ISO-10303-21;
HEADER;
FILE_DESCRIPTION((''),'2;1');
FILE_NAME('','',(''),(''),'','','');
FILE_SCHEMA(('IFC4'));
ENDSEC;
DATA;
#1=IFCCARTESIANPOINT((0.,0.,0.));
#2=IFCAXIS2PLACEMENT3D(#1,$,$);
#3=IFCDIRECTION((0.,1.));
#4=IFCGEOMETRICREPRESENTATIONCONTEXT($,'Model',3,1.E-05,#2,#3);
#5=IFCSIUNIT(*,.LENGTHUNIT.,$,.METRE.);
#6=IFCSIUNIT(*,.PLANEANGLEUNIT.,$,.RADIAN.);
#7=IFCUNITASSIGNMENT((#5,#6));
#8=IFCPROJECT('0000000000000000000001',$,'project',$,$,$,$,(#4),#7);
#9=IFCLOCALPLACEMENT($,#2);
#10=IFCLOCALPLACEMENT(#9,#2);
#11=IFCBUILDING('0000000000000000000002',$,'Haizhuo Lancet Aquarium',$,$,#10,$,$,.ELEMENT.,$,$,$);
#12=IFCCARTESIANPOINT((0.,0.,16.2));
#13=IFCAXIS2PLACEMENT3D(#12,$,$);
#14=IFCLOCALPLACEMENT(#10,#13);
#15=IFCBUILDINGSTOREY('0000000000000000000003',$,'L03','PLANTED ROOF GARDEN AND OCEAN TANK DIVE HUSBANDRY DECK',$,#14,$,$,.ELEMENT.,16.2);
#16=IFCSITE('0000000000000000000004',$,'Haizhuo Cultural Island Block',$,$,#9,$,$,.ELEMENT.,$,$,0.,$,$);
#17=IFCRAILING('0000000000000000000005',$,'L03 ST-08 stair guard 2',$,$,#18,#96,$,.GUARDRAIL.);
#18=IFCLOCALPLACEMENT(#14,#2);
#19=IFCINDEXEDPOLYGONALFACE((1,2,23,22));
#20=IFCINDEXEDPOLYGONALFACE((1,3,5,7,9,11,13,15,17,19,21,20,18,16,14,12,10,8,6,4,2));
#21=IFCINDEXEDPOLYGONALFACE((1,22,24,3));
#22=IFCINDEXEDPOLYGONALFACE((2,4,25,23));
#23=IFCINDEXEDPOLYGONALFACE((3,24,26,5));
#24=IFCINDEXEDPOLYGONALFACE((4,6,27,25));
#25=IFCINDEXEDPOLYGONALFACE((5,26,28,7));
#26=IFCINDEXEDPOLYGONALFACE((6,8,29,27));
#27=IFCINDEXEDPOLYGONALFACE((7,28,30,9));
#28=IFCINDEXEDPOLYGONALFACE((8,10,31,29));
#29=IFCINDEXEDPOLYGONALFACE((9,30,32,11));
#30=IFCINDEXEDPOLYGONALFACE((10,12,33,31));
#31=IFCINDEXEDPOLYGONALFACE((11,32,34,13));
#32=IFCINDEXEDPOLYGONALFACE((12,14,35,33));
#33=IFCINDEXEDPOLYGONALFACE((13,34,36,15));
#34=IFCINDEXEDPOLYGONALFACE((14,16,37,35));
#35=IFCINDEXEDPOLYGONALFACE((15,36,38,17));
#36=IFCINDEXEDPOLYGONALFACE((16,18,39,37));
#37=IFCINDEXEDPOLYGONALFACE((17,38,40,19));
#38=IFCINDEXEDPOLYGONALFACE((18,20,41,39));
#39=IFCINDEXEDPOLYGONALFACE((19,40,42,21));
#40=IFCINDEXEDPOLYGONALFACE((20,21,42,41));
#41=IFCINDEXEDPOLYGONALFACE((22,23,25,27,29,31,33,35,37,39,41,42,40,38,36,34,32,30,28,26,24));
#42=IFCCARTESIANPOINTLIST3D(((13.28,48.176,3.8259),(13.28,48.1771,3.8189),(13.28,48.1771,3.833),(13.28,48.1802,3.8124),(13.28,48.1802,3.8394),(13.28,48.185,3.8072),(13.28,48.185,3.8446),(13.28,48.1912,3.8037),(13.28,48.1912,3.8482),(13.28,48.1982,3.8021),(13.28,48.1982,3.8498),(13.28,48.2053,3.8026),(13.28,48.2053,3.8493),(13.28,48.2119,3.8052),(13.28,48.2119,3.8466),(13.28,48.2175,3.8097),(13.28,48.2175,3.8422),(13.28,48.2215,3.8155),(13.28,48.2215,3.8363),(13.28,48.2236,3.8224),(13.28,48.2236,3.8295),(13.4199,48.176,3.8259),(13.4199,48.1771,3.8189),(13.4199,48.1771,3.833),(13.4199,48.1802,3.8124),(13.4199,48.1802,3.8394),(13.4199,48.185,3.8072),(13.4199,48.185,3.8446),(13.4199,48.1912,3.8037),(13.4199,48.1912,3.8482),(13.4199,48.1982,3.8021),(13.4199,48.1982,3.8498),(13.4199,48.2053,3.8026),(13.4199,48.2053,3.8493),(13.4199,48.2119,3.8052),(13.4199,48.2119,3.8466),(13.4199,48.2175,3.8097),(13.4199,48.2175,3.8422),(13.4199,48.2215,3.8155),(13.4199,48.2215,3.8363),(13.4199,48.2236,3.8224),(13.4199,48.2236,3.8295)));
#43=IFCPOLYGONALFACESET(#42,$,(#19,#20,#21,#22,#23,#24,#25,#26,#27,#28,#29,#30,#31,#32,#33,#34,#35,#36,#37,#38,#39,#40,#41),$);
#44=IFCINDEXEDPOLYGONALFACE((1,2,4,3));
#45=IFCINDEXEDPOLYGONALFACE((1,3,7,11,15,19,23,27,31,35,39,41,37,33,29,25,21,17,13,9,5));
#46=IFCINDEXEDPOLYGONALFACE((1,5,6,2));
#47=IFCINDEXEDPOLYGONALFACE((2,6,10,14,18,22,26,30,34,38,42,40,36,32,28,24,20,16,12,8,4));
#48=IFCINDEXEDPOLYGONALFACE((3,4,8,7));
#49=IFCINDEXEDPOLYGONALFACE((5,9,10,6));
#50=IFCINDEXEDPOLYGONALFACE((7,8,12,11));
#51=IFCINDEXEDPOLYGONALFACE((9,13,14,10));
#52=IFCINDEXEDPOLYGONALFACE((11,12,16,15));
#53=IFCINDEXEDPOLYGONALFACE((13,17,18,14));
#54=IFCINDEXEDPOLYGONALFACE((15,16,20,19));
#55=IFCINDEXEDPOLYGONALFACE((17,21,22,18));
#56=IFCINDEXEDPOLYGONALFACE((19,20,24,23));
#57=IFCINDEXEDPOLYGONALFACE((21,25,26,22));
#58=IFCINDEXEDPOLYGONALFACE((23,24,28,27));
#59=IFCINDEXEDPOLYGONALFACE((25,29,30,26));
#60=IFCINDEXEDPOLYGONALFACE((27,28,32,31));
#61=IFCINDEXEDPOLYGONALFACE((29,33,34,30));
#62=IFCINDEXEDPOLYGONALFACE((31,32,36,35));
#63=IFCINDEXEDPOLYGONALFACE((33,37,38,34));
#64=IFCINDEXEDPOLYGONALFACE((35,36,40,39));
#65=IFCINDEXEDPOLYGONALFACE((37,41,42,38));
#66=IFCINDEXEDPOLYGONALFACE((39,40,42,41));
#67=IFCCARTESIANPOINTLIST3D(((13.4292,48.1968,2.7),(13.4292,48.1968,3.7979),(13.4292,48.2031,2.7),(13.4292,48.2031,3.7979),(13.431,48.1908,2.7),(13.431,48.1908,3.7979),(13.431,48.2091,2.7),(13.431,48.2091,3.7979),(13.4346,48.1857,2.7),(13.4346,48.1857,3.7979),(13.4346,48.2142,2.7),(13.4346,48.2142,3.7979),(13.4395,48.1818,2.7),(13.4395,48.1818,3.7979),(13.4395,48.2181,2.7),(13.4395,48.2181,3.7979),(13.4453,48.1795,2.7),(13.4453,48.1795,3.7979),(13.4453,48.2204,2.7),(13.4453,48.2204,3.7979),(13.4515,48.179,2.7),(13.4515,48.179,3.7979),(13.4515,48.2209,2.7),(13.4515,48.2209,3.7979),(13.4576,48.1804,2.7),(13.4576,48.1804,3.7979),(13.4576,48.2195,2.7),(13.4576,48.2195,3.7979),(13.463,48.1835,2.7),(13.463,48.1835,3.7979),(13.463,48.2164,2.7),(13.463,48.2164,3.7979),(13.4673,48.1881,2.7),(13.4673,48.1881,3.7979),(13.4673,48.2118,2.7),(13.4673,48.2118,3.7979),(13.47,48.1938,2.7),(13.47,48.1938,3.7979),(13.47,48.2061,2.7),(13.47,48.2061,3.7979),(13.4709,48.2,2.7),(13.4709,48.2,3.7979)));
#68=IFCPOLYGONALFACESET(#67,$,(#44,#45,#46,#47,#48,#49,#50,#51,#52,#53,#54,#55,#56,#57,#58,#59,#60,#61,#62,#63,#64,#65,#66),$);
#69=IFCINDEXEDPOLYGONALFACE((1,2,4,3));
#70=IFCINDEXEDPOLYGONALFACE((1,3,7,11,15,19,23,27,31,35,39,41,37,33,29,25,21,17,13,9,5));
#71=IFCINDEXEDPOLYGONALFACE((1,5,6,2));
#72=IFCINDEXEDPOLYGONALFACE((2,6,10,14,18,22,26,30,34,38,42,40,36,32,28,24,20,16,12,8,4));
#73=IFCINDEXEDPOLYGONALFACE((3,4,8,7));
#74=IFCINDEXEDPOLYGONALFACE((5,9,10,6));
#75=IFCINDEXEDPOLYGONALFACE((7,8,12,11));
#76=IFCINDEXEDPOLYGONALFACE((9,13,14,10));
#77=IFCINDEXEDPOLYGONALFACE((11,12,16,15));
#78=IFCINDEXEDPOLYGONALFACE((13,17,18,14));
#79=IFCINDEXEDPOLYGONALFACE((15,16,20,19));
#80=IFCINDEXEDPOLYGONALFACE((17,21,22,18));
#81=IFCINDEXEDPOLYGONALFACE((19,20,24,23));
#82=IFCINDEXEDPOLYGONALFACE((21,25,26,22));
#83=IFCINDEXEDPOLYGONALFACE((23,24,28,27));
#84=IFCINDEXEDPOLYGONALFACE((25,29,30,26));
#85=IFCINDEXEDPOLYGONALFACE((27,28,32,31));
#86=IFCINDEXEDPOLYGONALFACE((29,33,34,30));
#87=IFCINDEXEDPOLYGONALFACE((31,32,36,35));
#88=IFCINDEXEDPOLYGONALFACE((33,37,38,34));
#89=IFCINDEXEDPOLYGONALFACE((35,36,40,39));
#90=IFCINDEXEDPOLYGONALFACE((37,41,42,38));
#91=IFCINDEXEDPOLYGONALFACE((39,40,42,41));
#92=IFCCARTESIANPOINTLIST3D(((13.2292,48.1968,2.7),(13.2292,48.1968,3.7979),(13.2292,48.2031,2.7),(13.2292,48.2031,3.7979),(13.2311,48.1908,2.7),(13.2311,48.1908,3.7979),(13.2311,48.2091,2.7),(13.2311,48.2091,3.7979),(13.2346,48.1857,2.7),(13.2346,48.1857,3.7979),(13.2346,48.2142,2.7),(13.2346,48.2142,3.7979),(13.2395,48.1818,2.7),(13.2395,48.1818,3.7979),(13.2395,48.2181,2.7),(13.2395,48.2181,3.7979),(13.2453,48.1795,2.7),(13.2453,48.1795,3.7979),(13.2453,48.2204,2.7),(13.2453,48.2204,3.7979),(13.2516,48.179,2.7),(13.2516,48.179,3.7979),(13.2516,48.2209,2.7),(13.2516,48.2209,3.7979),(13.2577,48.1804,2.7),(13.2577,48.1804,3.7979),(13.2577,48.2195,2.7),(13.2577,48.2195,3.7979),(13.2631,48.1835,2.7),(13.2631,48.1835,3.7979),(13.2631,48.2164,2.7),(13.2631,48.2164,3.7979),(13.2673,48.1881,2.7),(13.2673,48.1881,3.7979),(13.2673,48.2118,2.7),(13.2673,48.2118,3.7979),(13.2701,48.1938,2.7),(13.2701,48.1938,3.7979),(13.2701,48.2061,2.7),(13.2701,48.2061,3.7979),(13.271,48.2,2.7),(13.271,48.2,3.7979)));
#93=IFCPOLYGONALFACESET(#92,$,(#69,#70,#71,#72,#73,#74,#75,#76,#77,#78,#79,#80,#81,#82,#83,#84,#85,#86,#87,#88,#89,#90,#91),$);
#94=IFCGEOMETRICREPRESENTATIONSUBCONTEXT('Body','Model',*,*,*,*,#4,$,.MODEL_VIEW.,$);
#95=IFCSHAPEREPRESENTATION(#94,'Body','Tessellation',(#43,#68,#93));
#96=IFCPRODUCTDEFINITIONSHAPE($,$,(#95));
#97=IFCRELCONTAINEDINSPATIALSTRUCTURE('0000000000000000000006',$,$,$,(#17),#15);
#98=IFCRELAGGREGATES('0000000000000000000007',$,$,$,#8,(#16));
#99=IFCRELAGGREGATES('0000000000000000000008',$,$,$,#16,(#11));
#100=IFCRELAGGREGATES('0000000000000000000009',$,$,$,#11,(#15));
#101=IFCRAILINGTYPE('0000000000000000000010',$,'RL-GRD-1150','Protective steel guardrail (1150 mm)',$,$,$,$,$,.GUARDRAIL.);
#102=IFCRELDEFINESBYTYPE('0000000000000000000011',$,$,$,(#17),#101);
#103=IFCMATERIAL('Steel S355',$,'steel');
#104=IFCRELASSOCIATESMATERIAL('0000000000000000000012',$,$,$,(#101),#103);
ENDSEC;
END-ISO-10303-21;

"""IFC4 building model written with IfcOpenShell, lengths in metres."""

from ifc_helpers import new_model, si_unit, direction, frame, origin, origin_2d, place, context, subcontext, project, spatial, circle, extrude, material, type_object, element, save


model = new_model("IFC4")

# Units and contexts
model_context = context("Model", 3, precision=1e-05, world=origin(), true_north=direction((0.0, 1.0)))
body_context = subcontext(model_context, "Body", "Model", "MODEL_VIEW")
ifc_project = project(units=[si_unit("LENGTHUNIT", "METRE"), si_unit("PLANEANGLEUNIT", "RADIAN")], contexts=[model_context])

# Site, building, storey
site_placement = place(None, origin())
site = spatial("IfcSite", under=ifc_project, at=site_placement, Name="Haizhuo Cultural Island Block", CompositionType="ELEMENT", RefElevation=0.0)
building_placement = place(site_placement, origin())
building = spatial("IfcBuilding", under=site, at=building_placement, Name="Haizhuo Lancet Aquarium", CompositionType="ELEMENT")
storey_placement = place(building_placement, frame((0.0, 0.0, 16.2)))
storey = spatial("IfcBuildingStorey", under=building, at=storey_placement, Name="L03", Description="PLANTED ROOF GARDEN AND OCEAN TANK DIVE HUSBANDRY DECK", CompositionType="ELEMENT", Elevation=16.2)

# Shared definitions
ifc_material_1 = material(Name="Steel S355", Category="steel")

# Railing
railing_type_1 = type_object("IfcRailingType", Name="RL-GRD-1150", Description="Protective steel guardrail (1150 mm)", PredefinedType="GUARDRAIL", material=ifc_material_1)
railing_1_placement = place(storey_placement, frame((13.45, 48.2, 2.7)))
element("IfcRailing", 1, at=railing_1_placement, inside=storey, type_object=railing_type_1, Name="L03 ST-08 stair guard 2", PredefinedType="GUARDRAIL", context=body_context, shape_type="SweptSolid", body=[
    extrude(circle(Radius=0.0239, at=origin_2d()), frame((-0.03, 0.0, 1.126), z_axis=(-1.0, 0.0, 0.0), x_axis=(0.0, -1.0, 0.0)), (0.0, 0.0, 1.0), 0.1399),
    extrude(circle(Radius=0.021, at=origin_2d()), origin(), (0.0, 0.0, 1.0), 1.0979),
    extrude(circle(Radius=0.021, at=origin_2d()), frame((-0.2, 0.0, 0.0)), (0.0, 0.0, 1.0), 1.0979),
])

save(model, "model.ifc")
